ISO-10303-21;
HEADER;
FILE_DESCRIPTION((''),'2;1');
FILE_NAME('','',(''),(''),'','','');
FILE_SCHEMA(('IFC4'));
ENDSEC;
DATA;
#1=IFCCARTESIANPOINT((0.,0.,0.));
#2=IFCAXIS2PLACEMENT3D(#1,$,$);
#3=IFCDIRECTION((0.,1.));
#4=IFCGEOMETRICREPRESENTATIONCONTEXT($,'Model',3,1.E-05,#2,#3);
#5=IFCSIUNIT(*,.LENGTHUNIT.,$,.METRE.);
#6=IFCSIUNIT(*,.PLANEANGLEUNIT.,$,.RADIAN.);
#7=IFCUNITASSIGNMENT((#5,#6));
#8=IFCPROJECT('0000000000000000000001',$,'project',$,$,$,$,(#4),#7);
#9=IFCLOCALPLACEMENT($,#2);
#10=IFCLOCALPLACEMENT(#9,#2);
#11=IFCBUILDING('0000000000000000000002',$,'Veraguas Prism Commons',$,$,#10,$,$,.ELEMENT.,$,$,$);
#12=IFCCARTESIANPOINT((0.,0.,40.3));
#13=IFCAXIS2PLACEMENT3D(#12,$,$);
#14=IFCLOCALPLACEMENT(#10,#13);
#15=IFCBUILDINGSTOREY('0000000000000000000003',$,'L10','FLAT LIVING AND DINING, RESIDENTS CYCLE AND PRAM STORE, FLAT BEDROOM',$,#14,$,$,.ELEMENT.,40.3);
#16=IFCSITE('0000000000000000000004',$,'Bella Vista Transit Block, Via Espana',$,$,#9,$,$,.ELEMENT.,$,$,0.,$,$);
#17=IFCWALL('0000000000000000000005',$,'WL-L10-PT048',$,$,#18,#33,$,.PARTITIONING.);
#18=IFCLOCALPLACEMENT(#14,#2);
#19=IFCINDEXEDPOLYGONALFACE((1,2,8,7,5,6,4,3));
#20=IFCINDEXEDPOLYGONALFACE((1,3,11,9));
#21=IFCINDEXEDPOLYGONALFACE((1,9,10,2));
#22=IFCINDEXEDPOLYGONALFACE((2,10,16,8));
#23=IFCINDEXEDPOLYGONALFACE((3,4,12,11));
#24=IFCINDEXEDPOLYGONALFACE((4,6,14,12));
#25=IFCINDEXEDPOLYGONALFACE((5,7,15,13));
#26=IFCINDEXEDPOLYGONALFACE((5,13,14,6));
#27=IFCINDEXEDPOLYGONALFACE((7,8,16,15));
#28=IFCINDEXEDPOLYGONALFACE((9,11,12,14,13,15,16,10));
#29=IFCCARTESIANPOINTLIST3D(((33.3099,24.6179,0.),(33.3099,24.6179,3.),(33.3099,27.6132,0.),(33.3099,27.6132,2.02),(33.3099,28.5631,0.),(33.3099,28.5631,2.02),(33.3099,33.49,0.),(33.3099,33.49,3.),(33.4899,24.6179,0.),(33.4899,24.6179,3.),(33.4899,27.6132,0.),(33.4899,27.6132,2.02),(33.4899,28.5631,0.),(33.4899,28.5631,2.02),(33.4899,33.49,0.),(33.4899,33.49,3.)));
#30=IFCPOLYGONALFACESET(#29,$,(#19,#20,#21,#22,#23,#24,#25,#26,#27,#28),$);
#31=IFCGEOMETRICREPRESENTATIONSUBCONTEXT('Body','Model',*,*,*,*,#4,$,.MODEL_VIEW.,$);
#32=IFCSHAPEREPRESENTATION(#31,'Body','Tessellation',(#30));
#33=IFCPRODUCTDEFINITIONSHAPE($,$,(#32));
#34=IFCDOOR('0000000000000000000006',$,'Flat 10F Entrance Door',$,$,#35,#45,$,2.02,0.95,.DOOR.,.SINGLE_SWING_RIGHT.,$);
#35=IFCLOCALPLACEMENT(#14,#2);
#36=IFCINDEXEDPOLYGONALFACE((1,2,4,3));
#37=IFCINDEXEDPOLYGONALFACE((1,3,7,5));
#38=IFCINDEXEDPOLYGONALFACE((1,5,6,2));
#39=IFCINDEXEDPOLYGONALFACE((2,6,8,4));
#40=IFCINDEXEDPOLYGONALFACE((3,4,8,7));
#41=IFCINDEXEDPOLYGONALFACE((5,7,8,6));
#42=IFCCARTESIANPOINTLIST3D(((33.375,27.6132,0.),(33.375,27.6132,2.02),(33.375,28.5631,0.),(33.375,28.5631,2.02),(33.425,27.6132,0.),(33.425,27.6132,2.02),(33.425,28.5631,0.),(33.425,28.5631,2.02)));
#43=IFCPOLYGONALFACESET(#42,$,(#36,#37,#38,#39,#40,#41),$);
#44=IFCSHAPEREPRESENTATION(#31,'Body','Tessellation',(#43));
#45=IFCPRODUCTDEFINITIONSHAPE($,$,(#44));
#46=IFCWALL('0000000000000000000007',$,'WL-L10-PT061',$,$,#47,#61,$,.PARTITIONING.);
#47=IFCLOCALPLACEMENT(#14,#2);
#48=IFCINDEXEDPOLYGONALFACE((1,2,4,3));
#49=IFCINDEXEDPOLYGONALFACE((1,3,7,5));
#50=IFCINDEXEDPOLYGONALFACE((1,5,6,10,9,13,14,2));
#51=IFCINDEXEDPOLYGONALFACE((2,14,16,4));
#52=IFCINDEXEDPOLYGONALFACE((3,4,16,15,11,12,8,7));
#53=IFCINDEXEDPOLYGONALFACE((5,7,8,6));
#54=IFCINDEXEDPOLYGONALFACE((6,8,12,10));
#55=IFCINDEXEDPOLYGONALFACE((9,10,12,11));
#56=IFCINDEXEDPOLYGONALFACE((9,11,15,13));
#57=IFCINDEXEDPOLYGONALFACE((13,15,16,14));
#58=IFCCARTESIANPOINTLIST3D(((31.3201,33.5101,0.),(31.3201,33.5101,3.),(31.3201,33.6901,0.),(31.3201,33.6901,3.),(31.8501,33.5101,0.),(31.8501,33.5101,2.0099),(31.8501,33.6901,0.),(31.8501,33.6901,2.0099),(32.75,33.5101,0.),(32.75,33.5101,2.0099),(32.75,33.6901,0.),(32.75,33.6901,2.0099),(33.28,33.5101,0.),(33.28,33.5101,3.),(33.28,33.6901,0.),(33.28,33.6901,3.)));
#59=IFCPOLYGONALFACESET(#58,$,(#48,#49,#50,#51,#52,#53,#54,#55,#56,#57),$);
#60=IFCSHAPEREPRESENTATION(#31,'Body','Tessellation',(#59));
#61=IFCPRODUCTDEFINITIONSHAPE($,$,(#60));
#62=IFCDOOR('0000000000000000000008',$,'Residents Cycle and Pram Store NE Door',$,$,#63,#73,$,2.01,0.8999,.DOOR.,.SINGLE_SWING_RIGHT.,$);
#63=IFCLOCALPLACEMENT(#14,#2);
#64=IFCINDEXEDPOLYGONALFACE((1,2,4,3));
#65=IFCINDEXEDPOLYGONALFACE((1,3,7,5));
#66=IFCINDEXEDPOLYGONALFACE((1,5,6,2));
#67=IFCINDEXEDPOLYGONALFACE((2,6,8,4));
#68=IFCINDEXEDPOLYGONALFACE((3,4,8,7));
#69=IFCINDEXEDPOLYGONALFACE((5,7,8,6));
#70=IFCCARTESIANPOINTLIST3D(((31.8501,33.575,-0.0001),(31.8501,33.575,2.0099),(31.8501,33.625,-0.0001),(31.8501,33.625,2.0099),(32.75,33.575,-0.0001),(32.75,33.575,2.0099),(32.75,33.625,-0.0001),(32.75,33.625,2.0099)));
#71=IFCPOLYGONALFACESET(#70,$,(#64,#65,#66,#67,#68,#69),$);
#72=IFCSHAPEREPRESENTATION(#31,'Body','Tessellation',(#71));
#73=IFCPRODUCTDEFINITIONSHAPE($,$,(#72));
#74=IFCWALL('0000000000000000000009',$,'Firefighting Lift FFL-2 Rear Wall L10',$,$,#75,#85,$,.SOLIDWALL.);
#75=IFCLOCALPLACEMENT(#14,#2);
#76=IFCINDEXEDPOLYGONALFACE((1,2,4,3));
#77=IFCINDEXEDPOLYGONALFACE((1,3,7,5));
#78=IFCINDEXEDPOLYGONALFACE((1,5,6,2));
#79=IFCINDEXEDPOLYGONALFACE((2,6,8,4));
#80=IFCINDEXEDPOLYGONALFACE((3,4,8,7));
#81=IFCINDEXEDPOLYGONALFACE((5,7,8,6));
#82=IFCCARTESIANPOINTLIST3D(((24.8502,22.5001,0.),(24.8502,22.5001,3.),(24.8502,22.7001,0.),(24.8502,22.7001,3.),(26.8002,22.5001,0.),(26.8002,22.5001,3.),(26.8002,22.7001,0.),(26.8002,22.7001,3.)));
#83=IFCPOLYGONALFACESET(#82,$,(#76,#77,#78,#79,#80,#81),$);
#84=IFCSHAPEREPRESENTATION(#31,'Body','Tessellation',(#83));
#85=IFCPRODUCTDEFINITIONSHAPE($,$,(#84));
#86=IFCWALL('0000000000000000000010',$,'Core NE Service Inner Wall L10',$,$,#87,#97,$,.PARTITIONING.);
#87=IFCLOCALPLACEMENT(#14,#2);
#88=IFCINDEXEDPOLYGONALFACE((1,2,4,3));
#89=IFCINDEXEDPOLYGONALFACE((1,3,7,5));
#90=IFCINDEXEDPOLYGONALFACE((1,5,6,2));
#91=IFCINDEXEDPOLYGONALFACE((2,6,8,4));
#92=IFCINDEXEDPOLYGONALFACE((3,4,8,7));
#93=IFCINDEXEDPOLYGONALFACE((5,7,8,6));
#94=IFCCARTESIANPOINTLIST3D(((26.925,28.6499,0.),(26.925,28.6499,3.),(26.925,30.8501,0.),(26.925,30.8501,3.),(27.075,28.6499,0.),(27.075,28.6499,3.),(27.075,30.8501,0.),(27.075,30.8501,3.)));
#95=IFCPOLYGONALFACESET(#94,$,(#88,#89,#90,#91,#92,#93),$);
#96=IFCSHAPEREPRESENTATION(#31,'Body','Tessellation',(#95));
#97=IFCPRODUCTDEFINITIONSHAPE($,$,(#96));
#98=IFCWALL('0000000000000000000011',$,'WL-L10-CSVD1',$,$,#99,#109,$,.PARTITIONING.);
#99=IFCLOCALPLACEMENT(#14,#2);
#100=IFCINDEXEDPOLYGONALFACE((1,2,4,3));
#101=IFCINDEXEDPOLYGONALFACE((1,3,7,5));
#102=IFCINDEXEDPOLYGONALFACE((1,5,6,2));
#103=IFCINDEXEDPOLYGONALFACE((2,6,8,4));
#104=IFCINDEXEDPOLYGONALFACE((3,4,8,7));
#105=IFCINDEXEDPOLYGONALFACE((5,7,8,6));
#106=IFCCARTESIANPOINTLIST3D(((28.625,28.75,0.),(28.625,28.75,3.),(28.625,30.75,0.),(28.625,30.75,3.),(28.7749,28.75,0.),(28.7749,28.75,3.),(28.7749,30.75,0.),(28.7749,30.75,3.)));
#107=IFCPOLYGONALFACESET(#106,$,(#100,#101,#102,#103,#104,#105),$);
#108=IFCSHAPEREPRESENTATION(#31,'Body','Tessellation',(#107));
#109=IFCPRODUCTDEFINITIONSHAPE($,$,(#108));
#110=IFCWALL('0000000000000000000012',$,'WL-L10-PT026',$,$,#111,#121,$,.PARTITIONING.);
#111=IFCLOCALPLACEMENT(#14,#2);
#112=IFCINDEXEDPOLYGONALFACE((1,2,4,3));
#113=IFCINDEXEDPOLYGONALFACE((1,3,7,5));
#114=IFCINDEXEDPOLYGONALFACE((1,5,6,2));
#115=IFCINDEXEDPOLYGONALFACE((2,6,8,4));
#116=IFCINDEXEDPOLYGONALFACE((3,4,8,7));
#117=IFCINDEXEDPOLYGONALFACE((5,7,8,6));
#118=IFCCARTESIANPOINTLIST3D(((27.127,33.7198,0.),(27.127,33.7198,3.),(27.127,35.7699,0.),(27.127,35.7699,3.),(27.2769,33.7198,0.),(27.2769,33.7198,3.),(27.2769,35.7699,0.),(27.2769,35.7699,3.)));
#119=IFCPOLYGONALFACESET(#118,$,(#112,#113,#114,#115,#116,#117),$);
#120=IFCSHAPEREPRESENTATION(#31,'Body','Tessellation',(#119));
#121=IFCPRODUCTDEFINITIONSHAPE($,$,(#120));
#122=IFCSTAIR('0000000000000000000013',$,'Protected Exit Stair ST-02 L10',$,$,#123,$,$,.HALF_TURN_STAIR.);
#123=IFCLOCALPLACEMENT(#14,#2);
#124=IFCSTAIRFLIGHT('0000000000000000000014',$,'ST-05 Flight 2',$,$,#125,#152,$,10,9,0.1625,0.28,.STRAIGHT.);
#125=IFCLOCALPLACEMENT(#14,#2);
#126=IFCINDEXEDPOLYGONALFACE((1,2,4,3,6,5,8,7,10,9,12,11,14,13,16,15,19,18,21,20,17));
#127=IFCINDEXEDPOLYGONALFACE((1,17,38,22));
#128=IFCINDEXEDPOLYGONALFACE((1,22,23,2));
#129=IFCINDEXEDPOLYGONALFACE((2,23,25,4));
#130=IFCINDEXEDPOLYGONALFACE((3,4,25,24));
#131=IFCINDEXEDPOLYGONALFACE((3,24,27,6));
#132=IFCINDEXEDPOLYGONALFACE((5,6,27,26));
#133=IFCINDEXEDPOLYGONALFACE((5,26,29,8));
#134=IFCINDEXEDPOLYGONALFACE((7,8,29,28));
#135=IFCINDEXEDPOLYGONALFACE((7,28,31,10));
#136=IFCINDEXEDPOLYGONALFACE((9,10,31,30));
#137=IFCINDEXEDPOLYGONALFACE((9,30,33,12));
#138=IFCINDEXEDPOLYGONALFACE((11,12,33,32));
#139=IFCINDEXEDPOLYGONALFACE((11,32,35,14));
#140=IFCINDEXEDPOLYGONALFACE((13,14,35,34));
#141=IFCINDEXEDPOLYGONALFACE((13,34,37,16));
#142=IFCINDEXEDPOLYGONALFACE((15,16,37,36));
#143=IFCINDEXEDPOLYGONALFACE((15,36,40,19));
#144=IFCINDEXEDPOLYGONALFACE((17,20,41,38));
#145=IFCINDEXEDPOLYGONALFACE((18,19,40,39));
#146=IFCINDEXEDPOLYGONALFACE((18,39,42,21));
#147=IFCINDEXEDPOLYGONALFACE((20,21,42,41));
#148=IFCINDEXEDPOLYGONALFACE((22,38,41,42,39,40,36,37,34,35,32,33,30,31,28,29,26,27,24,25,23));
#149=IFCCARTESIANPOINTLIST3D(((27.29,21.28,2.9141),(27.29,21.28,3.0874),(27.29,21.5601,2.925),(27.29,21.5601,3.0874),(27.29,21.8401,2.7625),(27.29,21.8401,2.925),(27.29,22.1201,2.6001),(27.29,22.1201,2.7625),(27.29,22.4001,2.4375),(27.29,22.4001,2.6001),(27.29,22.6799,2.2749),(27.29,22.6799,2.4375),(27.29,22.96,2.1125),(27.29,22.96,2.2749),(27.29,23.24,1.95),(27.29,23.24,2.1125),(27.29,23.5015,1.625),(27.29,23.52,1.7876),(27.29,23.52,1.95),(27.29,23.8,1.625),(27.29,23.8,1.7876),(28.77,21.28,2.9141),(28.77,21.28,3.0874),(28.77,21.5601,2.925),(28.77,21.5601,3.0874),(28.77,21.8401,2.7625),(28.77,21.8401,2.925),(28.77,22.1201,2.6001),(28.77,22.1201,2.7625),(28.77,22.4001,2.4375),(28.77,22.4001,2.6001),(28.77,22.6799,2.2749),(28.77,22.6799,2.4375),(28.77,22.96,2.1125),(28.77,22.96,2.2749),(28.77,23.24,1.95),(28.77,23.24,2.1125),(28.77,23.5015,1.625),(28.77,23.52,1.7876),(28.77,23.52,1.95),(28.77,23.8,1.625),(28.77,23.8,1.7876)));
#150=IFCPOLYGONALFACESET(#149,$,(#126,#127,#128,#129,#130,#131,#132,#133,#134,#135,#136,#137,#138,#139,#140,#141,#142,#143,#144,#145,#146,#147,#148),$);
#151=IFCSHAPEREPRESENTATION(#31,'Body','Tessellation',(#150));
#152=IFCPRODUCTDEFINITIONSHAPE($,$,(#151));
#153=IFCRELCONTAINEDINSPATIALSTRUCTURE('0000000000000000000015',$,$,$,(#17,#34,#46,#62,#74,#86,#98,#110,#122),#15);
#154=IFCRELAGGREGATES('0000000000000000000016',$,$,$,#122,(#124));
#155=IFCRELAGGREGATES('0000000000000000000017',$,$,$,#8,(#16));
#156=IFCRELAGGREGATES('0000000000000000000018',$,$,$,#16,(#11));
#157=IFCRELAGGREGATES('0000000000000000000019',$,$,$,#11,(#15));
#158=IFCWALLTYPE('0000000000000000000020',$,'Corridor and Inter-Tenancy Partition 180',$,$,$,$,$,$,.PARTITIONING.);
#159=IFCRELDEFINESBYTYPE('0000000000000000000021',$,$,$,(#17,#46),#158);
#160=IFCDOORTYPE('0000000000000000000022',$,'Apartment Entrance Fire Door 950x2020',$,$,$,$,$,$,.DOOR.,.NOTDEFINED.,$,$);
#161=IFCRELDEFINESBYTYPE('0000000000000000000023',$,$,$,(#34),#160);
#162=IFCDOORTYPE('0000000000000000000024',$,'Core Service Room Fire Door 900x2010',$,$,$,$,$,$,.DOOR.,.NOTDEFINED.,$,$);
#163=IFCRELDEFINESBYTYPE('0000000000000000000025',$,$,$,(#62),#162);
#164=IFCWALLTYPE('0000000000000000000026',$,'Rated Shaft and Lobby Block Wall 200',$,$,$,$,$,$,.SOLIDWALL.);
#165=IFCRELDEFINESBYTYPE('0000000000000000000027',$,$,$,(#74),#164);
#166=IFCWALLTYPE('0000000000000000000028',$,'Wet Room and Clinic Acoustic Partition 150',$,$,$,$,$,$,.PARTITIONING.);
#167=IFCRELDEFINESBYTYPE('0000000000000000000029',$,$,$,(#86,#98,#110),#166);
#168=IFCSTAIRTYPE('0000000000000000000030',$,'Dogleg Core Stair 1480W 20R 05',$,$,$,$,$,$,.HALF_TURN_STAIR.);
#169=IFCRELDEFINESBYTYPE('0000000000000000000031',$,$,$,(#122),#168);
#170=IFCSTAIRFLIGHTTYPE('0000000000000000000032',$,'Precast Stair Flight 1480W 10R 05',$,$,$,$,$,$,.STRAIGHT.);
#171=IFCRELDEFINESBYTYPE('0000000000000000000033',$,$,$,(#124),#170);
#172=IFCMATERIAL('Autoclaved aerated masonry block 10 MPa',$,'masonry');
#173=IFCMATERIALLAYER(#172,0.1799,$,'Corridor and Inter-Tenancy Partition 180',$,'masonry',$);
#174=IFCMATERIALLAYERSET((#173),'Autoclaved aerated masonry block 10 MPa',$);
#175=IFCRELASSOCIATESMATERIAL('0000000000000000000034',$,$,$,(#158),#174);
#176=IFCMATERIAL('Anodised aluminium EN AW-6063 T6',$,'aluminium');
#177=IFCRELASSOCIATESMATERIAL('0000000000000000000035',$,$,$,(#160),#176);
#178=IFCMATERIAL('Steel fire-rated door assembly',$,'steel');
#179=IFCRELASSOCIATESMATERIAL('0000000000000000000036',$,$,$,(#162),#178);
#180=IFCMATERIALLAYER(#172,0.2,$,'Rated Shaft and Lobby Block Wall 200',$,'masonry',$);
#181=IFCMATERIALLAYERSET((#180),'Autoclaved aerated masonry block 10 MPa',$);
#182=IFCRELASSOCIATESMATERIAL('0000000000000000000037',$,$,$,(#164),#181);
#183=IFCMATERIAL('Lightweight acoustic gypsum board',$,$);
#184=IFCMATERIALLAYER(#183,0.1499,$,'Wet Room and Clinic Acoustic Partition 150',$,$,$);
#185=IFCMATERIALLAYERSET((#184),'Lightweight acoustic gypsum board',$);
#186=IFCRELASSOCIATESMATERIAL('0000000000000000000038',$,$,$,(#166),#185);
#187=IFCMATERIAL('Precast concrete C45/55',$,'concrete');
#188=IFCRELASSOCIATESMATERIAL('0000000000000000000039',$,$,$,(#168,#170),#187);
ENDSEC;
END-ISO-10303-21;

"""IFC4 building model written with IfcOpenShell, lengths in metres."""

from ifc_helpers import new_model, si_unit, direction, frame, frame_2d, origin, place, context, subcontext, project, spatial, polyline, rectangle, outline, extrude, source, transform, mapped, material, layer, layer_set, type_object, element, fill, aggregate, save


model = new_model("IFC4")

# Units and contexts
model_context = context("Model", 3, precision=1e-05, world=origin(), true_north=direction((0.0, 1.0)))
body_context = subcontext(model_context, "Body", "Model", "MODEL_VIEW")
ifc_project = project(units=[si_unit("LENGTHUNIT", "METRE"), si_unit("PLANEANGLEUNIT", "RADIAN")], contexts=[model_context])

# Site, building, storey
site_placement = place(None, origin())
site = spatial("IfcSite", under=ifc_project, at=site_placement, Name="Bella Vista Transit Block, Via Espana", CompositionType="ELEMENT", RefElevation=0.0)
building_placement = place(site_placement, origin())
building = spatial("IfcBuilding", under=site, at=building_placement, Name="Veraguas Prism Commons", CompositionType="ELEMENT")
storey_placement = place(building_placement, frame((0.0, 0.0, 40.3)))
storey = spatial("IfcBuildingStorey", under=building, at=storey_placement, Name="L10", Description="FLAT LIVING AND DINING, RESIDENTS CYCLE AND PRAM STORE, FLAT BEDROOM", CompositionType="ELEMENT", Elevation=40.3)

# Shared definitions
ifc_material_1 = material(Name="Steel fire-rated door assembly", Category="steel")

# Shared definitions
ifc_material_2 = material(Name="Autoclaved aerated masonry block 10 MPa", Category="masonry")
ifc_layer_1 = layer(ifc_material_2, 0.1799, Name="Corridor and Inter-Tenancy Partition 180", Category="masonry")
ifc_layer_set_1 = layer_set([ifc_layer_1], Name="Autoclaved aerated masonry block 10 MPa")
wall_type_1 = type_object("IfcWallType", Name="Corridor and Inter-Tenancy Partition 180", PredefinedType="PARTITIONING", material=ifc_layer_set_1)

# Walls, openings, doors
ifc_material_3 = material(Name="Anodised aluminium EN AW-6063 T6", Category="aluminium")
door_type_1 = type_object("IfcDoorType", Name="Apartment Entrance Fire Door 950x2020", OperationType="NOTDEFINED", PredefinedType="DOOR", material=ifc_material_3)
shared_shape_1 = source(origin(), body_context, "Body", "SweptSolid", [
    extrude(rectangle(XDim=0.95, YDim=2.02, at=frame_2d((0.4751, 1.01))), frame((0.0, 0.0249, 0.0), z_axis=(0.0, -1.0, 0.0), x_axis=(1.0, 0.0, 0.0)), (0.0, 0.0, 1.0), 0.05),
])
wall_1_placement = place(storey_placement, frame((33.3999, 24.6179, 0.0), z_axis=(0.0, 0.0, 1.0), x_axis=(0.0, 1.0, 0.0)))
wall_1 = element("IfcWall", 1, at=wall_1_placement, inside=storey, type_object=wall_type_1, Name="WL-L10-PT048", PredefinedType="PARTITIONING", context=body_context, shape_type="SweptSolid", body=[
    extrude(rectangle(XDim=8.8721, YDim=0.1799, at=frame_2d((4.436, 0.0))), origin(), (0.0, 0.0, 1.0), 3.0),
])
opening_1_placement = place(wall_1_placement, frame((2.9951, 0.0, 0.0)))
opening_1 = element("IfcOpeningElement", 2, at=opening_1_placement, cuts=wall_1, PredefinedType="OPENING", context=body_context, shape_type="SweptSolid", body=[
    extrude(rectangle(XDim=0.95, YDim=2.02, at=frame_2d((0.4751, 1.01))), frame((0.0, 0.0999, 0.0), z_axis=(0.0, -1.0, 0.0), x_axis=(1.0, 0.0, 0.0)), (0.0, 0.0, 1.0), 0.2),
])
door_1_placement = place(opening_1_placement, origin())
door_1 = element("IfcDoor", 3, at=door_1_placement, inside=storey, type_object=door_type_1, Name="Flat 10F Entrance Door", OperationType="SINGLE_SWING_RIGHT", OverallHeight=2.02, OverallWidth=0.95, PredefinedType="DOOR", context=body_context, shape_type="MappedRepresentation", body=[
    mapped(shared_shape_1, transform((0.0, 0.0, 0.0), scale=1.0)),
])
fill(opening_1, door_1)
wall_2_placement = place(storey_placement, frame((31.3201, 33.6001, 0.0), z_axis=(0.0, 0.0, 1.0), x_axis=(1.0, 0.0, 0.0)))
wall_2 = element("IfcWall", 4, at=wall_2_placement, inside=storey, type_object=wall_type_1, Name="WL-L10-PT061", PredefinedType="PARTITIONING", context=body_context, shape_type="SweptSolid", body=[
    extrude(rectangle(XDim=1.96, YDim=0.1799, at=frame_2d((0.98, 0.0))), origin(), (0.0, 0.0, 1.0), 3.0),
])
opening_2_placement = place(wall_2_placement, frame((0.53, 0.0, 0.0)))
opening_2 = element("IfcOpeningElement", 5, at=opening_2_placement, cuts=wall_2, PredefinedType="OPENING", context=body_context, shape_type="SweptSolid", body=[
    extrude(rectangle(XDim=0.8999, YDim=2.01, at=frame_2d((0.45, 1.0049))), frame((0.0, 0.0999, 0.0), z_axis=(0.0, -1.0, 0.0), x_axis=(1.0, 0.0, 0.0)), (0.0, 0.0, 1.0), 0.2),
])
door_type_2 = type_object("IfcDoorType", Name="Core Service Room Fire Door 900x2010", OperationType="NOTDEFINED", PredefinedType="DOOR", material=ifc_material_1)
shared_shape_2 = source(origin(), body_context, "Body", "SweptSolid", [
    extrude(rectangle(XDim=0.8999, YDim=2.01, at=frame_2d((0.45, 1.0049))), frame((0.0, 0.0249, 0.0), z_axis=(0.0, -1.0, 0.0), x_axis=(1.0, 0.0, 0.0)), (0.0, 0.0, 1.0), 0.05),
])
door_2_placement = place(opening_2_placement, origin())
door_2 = element("IfcDoor", 6, at=door_2_placement, inside=storey, type_object=door_type_2, Name="Residents Cycle and Pram Store NE Door", OperationType="SINGLE_SWING_RIGHT", OverallHeight=2.01, OverallWidth=0.8999, PredefinedType="DOOR", context=body_context, shape_type="MappedRepresentation", body=[
    mapped(shared_shape_2, transform((0.0, 0.0, 0.0), scale=1.0)),
])
fill(opening_2, door_2)

# Walls
ifc_layer_2 = layer(ifc_material_2, 0.2, Name="Rated Shaft and Lobby Block Wall 200", Category="masonry")
ifc_layer_set_2 = layer_set([ifc_layer_2], Name="Autoclaved aerated masonry block 10 MPa")
wall_type_2 = type_object("IfcWallType", Name="Rated Shaft and Lobby Block Wall 200", PredefinedType="SOLIDWALL", material=ifc_layer_set_2)
wall_3_placement = place(storey_placement, frame((24.8501, 22.6001, 0.0), z_axis=(0.0, 0.0, 1.0), x_axis=(1.0, 0.0, 0.0)))
element("IfcWall", 7, at=wall_3_placement, inside=storey, type_object=wall_type_2, Name="Firefighting Lift FFL-2 Rear Wall L10", PredefinedType="SOLIDWALL", context=body_context, shape_type="SweptSolid", body=[
    extrude(rectangle(XDim=1.95, YDim=0.2, at=frame_2d((0.9751, 0.0))), origin(), (0.0, 0.0, 1.0), 3.0),
])
ifc_material_4 = material(Name="Lightweight acoustic gypsum board")
ifc_layer_3 = layer(ifc_material_4, 0.1499, Name="Wet Room and Clinic Acoustic Partition 150")
ifc_layer_set_3 = layer_set([ifc_layer_3], Name="Lightweight acoustic gypsum board")
wall_type_3 = type_object("IfcWallType", Name="Wet Room and Clinic Acoustic Partition 150", PredefinedType="PARTITIONING", material=ifc_layer_set_3)
wall_4_placement = place(storey_placement, frame((27.0, 28.6499, 0.0), z_axis=(0.0, 0.0, 1.0), x_axis=(0.0, 1.0, 0.0)))
element("IfcWall", 8, at=wall_4_placement, inside=storey, type_object=wall_type_3, Name="Core NE Service Inner Wall L10", PredefinedType="PARTITIONING", context=body_context, shape_type="SweptSolid", body=[
    extrude(rectangle(XDim=2.2002, YDim=0.1499, at=frame_2d((1.1001, 0.0))), origin(), (0.0, 0.0, 1.0), 3.0),
])
wall_5_placement = place(storey_placement, frame((28.7, 28.75, 0.0), z_axis=(0.0, 0.0, 1.0), x_axis=(0.0, 1.0, 0.0)))
element("IfcWall", 9, at=wall_5_placement, inside=storey, type_object=wall_type_3, Name="WL-L10-CSVD1", PredefinedType="PARTITIONING", context=body_context, shape_type="SweptSolid", body=[
    extrude(rectangle(XDim=2.0, YDim=0.1499, at=frame_2d((1.0, 0.0))), origin(), (0.0, 0.0, 1.0), 3.0),
])
wall_6_placement = place(storey_placement, frame((27.2019, 33.72, 0.0), z_axis=(0.0, 0.0, 1.0), x_axis=(0.0, 1.0, 0.0)))
element("IfcWall", 10, at=wall_6_placement, inside=storey, type_object=wall_type_3, Name="WL-L10-PT026", PredefinedType="PARTITIONING", context=body_context, shape_type="SweptSolid", body=[
    extrude(rectangle(XDim=2.05, YDim=0.1499, at=frame_2d((1.0249, 0.0))), origin(), (0.0, 0.0, 1.0), 3.0),
])

# Stair, stair flight
ifc_material_5 = material(Name="Precast concrete C45/55", Category="concrete")
stair_type = type_object("IfcStairType", Name="Dogleg Core Stair 1480W 20R 05", PredefinedType="HALF_TURN_STAIR", material=ifc_material_5)
stair_placement = place(storey_placement, origin())
stair = element("IfcStair", 11, at=stair_placement, inside=storey, type_object=stair_type, Name="Protected Exit Stair ST-02 L10", PredefinedType="HALF_TURN_STAIR")
stair_flight_type = type_object("IfcStairFlightType", Name="Precast Stair Flight 1480W 10R 05", PredefinedType="STRAIGHT", material=ifc_material_5)
stair_flight_placement = place(storey_placement, frame((28.03, 23.8, 1.625), z_axis=(0.0, 0.0, 1.0), x_axis=(0.0, -1.0, 0.0)))
stair_flight = element("IfcStairFlight", 12, at=stair_flight_placement, type_object=stair_flight_type, Name="ST-05 Flight 2", NumberOfRisers=10, NumberOfTreads=9, PredefinedType="STRAIGHT", RiserHeight=0.1625, TreadLength=0.28, context=body_context, shape_type="SweptSolid", body=[
    extrude(outline(polyline([(0.0, 0.0), (0.0, 0.1626), (0.28, 0.1626), (0.28, 0.325), (0.5601, 0.325), (0.5601, 0.4875), (0.8401, 0.4875), (0.8401, 0.6499), (1.1201, 0.6499), (1.1201, 0.8125), (1.3999, 0.8125), (1.3999, 0.9751), (1.6799, 0.9751), (1.6799, 1.1375), (1.96, 1.1375), (1.96, 1.3), (2.24, 1.3), (2.24, 1.4624), (2.52, 1.4624), (2.52, 1.625), (2.52, 1.2891), (0.2986, 0.0), (0.0, 0.0)])), frame((0.0, 0.74, 0.0), z_axis=(0.0, -1.0, 0.0), x_axis=(1.0, 0.0, 0.0)), (0.0, 0.0, 1.0), 1.48),
])
aggregate(stair, [stair_flight])

save(model, "model.ifc")
